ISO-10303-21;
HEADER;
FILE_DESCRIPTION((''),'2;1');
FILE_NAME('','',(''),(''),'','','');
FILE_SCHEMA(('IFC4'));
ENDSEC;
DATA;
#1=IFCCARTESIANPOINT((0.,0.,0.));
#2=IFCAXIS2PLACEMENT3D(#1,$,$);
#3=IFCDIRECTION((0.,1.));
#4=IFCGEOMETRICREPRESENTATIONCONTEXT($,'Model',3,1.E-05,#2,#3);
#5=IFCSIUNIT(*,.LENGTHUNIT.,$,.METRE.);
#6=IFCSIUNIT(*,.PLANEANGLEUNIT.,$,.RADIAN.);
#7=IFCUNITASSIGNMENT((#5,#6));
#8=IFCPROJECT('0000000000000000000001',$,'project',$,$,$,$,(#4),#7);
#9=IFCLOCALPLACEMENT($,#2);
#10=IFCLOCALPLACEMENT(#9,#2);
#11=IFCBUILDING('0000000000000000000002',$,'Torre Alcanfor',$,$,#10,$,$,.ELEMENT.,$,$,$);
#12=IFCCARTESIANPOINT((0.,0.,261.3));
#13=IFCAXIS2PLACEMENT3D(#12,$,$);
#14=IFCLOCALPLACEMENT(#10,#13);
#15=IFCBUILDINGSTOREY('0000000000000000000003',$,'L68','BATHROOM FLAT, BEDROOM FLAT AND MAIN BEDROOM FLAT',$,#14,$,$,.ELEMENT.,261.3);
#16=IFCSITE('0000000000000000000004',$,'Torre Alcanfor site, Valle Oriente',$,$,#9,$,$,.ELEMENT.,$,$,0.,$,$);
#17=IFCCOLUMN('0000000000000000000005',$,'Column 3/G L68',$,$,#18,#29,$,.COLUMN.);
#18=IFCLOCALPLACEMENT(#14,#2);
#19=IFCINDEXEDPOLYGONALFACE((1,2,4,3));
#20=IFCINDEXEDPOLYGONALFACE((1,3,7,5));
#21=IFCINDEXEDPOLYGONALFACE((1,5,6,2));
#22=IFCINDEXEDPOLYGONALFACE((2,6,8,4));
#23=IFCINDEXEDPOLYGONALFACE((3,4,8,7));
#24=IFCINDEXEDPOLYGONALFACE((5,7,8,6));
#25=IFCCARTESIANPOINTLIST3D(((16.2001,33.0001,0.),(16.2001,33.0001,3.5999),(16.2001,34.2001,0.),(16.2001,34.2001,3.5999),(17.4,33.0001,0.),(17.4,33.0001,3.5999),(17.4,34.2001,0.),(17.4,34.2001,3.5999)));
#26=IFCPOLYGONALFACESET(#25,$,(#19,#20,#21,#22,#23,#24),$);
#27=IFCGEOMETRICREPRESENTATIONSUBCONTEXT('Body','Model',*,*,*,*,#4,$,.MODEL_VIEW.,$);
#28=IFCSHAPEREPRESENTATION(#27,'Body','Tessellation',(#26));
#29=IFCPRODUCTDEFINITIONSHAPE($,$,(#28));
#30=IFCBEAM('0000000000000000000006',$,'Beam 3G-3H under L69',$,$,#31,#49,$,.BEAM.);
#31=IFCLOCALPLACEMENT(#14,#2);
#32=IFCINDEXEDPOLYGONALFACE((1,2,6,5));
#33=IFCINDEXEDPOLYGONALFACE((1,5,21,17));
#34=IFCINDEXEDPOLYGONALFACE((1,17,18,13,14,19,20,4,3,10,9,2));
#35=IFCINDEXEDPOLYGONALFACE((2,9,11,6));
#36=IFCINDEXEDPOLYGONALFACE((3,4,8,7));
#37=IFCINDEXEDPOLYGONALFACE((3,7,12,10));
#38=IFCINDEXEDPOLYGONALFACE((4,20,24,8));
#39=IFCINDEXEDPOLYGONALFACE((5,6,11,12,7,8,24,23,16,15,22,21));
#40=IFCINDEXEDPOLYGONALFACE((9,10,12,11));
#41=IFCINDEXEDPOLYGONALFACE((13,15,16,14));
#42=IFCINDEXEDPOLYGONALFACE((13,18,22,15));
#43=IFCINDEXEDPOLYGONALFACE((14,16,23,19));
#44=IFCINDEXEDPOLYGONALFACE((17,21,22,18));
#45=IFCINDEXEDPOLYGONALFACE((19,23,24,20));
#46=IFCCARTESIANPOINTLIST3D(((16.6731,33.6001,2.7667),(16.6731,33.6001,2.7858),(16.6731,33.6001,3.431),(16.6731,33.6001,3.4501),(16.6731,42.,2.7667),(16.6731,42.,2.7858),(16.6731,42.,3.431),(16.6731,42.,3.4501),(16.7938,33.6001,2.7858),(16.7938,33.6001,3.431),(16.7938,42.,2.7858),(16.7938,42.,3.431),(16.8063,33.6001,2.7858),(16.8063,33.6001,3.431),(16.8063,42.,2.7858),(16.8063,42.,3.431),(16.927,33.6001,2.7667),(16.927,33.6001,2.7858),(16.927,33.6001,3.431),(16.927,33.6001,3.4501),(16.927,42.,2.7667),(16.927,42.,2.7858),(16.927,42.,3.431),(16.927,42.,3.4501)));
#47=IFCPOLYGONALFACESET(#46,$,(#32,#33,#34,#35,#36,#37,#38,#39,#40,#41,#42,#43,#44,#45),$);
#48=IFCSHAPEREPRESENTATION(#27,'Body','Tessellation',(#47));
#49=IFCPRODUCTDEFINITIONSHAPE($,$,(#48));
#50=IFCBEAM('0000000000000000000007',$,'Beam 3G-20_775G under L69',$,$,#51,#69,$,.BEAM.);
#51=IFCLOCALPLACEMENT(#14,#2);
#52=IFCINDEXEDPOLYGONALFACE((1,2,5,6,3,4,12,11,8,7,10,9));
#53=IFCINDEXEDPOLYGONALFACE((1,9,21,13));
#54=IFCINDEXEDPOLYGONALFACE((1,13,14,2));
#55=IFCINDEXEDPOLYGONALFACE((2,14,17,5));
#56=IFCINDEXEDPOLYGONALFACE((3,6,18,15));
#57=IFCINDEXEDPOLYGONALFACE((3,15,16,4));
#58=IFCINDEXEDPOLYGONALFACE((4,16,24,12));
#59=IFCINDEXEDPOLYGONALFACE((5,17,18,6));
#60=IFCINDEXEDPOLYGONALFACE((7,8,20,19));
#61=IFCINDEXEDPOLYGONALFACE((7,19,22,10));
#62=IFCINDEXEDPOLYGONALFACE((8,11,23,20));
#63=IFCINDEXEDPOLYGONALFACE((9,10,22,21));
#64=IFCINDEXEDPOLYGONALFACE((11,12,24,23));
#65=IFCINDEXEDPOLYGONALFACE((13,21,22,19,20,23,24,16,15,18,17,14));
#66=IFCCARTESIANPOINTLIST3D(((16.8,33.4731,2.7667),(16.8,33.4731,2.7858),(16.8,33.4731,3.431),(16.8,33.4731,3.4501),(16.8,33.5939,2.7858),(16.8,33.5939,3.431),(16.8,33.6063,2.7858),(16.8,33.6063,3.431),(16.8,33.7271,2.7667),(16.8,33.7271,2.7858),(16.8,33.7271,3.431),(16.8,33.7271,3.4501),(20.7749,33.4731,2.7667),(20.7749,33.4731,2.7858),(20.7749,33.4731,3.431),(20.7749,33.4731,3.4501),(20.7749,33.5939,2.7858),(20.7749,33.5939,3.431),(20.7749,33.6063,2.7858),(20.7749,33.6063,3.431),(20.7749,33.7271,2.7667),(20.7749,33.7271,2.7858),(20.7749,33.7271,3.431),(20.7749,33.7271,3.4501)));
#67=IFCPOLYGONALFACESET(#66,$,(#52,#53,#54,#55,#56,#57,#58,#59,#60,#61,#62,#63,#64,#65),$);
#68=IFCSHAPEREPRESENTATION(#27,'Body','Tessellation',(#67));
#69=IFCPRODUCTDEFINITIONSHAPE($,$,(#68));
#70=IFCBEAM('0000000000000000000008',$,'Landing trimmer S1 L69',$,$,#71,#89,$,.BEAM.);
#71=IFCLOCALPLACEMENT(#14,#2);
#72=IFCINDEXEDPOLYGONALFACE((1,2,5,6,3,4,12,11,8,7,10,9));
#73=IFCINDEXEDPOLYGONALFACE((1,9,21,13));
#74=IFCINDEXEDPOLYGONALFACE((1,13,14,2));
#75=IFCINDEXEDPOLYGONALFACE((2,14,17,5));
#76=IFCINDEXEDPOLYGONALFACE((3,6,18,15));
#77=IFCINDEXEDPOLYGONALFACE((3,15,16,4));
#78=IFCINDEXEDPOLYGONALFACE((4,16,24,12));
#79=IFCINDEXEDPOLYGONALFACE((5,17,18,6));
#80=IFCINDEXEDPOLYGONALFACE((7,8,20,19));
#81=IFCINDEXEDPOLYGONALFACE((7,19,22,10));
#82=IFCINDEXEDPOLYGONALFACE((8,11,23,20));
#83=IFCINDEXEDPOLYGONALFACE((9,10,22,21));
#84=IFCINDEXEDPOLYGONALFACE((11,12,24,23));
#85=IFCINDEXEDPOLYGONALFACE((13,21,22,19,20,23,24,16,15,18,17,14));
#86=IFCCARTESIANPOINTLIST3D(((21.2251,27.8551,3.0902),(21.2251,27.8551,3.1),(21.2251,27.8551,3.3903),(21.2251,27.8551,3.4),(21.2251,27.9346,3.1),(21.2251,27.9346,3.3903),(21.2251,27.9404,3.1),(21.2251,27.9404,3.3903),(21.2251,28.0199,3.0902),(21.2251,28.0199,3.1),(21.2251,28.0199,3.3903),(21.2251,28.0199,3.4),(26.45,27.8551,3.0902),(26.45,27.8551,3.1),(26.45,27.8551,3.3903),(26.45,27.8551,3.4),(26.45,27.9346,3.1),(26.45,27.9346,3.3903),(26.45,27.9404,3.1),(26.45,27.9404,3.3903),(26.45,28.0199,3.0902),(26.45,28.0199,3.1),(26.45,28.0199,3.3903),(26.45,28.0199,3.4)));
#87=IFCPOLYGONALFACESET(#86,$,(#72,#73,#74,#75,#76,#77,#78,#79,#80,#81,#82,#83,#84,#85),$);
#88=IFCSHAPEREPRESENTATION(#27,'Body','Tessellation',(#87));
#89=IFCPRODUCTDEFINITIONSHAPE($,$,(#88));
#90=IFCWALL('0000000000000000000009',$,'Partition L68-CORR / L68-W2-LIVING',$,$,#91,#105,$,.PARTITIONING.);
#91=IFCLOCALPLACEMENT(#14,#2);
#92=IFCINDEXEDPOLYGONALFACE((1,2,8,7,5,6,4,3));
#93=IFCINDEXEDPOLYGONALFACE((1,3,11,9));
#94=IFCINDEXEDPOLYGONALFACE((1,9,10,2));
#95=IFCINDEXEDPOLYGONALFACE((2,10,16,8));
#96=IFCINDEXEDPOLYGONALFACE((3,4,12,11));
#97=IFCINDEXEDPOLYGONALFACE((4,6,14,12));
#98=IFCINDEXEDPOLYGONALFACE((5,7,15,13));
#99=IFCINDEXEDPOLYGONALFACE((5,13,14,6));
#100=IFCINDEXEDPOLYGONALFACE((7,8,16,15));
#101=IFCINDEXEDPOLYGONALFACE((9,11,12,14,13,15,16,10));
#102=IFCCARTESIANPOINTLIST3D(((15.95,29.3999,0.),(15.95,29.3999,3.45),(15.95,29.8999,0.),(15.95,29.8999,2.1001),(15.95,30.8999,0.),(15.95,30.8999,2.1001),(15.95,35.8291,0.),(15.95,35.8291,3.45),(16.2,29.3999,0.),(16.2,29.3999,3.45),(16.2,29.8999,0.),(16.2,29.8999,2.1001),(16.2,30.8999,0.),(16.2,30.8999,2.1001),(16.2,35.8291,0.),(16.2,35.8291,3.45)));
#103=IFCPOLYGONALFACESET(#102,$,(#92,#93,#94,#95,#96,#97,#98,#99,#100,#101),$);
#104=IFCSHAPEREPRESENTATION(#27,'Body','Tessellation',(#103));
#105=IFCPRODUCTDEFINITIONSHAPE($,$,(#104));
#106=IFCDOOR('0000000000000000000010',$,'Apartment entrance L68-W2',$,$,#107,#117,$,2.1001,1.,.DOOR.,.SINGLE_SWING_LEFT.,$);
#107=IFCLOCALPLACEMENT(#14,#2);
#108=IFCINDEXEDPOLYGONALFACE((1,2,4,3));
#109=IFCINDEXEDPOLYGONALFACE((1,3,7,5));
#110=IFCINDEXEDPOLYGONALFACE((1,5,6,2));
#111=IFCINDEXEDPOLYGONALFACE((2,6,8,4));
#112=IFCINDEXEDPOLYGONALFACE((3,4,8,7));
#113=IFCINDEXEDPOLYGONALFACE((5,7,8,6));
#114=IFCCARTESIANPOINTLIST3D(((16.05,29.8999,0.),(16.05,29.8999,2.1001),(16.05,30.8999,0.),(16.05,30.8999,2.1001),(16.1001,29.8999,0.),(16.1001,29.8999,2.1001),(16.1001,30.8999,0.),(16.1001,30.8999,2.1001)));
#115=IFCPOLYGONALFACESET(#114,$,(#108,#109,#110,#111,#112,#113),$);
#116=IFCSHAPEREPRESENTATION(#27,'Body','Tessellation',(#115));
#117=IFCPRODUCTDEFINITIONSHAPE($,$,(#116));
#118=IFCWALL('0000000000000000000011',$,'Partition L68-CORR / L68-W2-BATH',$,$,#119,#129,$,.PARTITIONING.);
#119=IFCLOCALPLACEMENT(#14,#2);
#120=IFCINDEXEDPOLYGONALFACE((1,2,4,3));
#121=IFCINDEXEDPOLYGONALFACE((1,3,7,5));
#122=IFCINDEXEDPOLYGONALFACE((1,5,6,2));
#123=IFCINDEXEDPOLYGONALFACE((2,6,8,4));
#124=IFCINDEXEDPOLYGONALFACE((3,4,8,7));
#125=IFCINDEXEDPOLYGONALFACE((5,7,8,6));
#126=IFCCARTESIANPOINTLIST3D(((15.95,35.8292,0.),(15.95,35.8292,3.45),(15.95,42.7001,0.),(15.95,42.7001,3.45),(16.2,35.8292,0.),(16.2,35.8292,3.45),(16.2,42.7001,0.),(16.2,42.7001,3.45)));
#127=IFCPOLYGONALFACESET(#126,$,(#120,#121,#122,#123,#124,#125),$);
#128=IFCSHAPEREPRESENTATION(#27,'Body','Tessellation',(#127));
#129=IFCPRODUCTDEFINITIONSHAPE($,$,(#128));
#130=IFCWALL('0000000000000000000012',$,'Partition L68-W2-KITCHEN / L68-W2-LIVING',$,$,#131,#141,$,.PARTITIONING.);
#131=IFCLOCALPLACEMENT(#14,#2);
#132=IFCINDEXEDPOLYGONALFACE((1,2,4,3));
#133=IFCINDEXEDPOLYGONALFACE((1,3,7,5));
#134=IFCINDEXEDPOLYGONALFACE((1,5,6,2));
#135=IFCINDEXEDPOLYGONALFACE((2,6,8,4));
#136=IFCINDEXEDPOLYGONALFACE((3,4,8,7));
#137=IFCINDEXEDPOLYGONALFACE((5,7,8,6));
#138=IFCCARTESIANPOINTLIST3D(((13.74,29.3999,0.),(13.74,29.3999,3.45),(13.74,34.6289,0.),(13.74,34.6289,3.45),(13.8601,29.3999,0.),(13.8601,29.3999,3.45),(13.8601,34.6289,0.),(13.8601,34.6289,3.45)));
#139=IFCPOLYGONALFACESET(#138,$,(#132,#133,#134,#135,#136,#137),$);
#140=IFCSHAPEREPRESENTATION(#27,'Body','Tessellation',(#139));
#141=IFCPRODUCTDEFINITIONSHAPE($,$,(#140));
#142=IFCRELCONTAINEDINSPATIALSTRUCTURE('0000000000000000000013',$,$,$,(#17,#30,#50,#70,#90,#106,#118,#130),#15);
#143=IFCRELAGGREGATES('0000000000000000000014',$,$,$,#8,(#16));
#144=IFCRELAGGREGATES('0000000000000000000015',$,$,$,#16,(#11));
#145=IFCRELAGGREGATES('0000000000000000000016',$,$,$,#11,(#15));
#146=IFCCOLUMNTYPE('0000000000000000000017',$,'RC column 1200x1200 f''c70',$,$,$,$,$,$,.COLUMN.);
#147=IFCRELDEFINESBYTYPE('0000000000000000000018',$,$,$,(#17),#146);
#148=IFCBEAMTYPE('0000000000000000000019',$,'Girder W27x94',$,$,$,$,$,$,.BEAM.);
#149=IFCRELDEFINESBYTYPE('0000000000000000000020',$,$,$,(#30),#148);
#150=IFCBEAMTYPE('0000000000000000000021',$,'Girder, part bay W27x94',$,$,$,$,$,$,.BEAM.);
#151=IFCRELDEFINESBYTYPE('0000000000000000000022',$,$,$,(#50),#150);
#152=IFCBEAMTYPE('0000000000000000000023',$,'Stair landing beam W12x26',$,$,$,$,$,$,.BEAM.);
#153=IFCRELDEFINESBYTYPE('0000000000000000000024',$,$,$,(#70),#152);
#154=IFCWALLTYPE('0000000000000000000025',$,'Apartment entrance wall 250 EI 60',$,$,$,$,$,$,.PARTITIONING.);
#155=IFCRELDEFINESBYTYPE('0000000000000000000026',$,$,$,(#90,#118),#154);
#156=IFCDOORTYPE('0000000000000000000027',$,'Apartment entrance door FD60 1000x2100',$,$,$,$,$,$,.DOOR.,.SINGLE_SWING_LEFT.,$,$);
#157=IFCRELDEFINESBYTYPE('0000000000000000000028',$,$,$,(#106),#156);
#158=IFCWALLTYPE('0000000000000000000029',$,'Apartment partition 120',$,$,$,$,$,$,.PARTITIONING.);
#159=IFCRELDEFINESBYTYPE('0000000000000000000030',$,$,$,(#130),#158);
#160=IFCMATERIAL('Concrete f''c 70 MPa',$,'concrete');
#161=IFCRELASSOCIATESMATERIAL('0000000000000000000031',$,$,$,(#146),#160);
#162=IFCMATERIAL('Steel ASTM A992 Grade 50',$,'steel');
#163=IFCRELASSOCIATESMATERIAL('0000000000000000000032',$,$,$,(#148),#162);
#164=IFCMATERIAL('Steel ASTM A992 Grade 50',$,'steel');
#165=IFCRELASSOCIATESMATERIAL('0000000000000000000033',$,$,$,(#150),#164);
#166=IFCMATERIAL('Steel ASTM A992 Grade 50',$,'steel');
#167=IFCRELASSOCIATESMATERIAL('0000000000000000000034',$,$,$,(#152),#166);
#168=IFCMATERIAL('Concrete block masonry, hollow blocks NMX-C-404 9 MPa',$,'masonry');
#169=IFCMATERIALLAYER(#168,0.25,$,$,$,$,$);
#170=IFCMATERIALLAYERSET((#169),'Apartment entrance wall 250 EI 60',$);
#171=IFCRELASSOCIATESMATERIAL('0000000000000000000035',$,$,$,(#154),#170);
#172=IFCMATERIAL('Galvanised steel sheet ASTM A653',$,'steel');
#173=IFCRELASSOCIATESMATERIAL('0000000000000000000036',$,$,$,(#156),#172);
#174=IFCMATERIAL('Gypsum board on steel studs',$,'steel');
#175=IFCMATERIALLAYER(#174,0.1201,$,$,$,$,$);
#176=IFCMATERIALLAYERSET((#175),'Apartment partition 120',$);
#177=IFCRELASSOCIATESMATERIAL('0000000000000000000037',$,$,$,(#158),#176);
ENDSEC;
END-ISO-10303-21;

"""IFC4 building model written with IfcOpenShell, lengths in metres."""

from ifc_helpers import new_model, si_unit, direction, frame, frame_2d, origin, origin_2d, place, context, subcontext, project, spatial, rectangle, i_section, extrude, material, layer, layer_set, material_profile, profile_set, type_object, element, fill, save


model = new_model("IFC4")

# Units and contexts
model_context = context("Model", 3, precision=1e-05, world=origin(), true_north=direction((0.0, 1.0)))
body_context = subcontext(model_context, "Body", "Model", "MODEL_VIEW")
ifc_project = project(units=[si_unit("LENGTHUNIT", "METRE"), si_unit("PLANEANGLEUNIT", "RADIAN")], contexts=[model_context])

# Site, building, storey
site_placement = place(None, origin())
site = spatial("IfcSite", under=ifc_project, at=site_placement, Name="Torre Alcanfor site, Valle Oriente", CompositionType="ELEMENT", RefElevation=0.0)
building_placement = place(site_placement, origin())
building = spatial("IfcBuilding", under=site, at=building_placement, Name="Torre Alcanfor", CompositionType="ELEMENT")
storey_placement = place(building_placement, frame((0.0, 0.0, 261.3)))
storey = spatial("IfcBuildingStorey", under=building, at=storey_placement, Name="L68", Description="BATHROOM FLAT, BEDROOM FLAT AND MAIN BEDROOM FLAT", CompositionType="ELEMENT", Elevation=261.3)

# Column
ifc_material_1 = material(Name="Concrete f'c 70 MPa", Category="concrete")
ifc_material_profile_1 = material_profile(ifc_material_1, rectangle(XDim=1.2, YDim=1.2, at=origin_2d()), Name="1200x1200")
ifc_profile_set_1 = profile_set([ifc_material_profile_1], Name="Concrete f'c 70 MPa")
column_type = type_object("IfcColumnType", Name="RC column 1200x1200 f'c70", PredefinedType="COLUMN", material=ifc_profile_set_1)
column_placement = place(storey_placement, frame((16.8, 33.6001, 0.0), z_axis=(0.0, 0.0, 1.0), x_axis=(1.0, 0.0, 0.0)))
element("IfcColumn", 1, at=column_placement, inside=storey, type_object=column_type, Name="Column 3/G L68", PredefinedType="COLUMN", context=body_context, shape_type="SweptSolid", body=[
    extrude(rectangle(XDim=1.2, YDim=1.2, at=origin_2d()), origin(), (0.0, 0.0, 1.0), 3.5999),
])

# Beams
ifc_material_2 = material(Name="Steel ASTM A992 Grade 50", Category="steel")
ifc_material_profile_2 = material_profile(ifc_material_2, i_section(OverallWidth=0.2539, OverallDepth=0.6833, WebThickness=0.0125, FlangeThickness=0.019, at=origin_2d()), Name="W27x94")
ifc_profile_set_2 = profile_set([ifc_material_profile_2], Name="Steel ASTM A992 Grade 50")
beam_type_1 = type_object("IfcBeamType", Name="Girder W27x94", PredefinedType="BEAM", material=ifc_profile_set_2)
beam_1_placement = place(storey_placement, frame((16.8, 33.6001, 3.1084), z_axis=(0.0, 1.0, 0.0), x_axis=(-1.0, 0.0, 0.0)))
element("IfcBeam", 2, at=beam_1_placement, inside=storey, type_object=beam_type_1, Name="Beam 3G-3H under L69", PredefinedType="BEAM", context=body_context, shape_type="SweptSolid", body=[
    extrude(i_section(OverallWidth=0.2539, OverallDepth=0.6833, WebThickness=0.0125, FlangeThickness=0.019, at=origin_2d()), origin(), (0.0, 0.0, 1.0), 8.3999),
])
ifc_material_3 = material(Name="Steel ASTM A992 Grade 50", Category="steel")
ifc_material_profile_3 = material_profile(ifc_material_3, i_section(OverallWidth=0.2539, OverallDepth=0.6833, WebThickness=0.0125, FlangeThickness=0.019, at=origin_2d()), Name="W27x94")
ifc_profile_set_3 = profile_set([ifc_material_profile_3], Name="Steel ASTM A992 Grade 50")
beam_type_2 = type_object("IfcBeamType", Name="Girder, part bay W27x94", PredefinedType="BEAM", material=ifc_profile_set_3)
beam_2_placement = place(storey_placement, frame((16.8, 33.6001, 3.1084), z_axis=(1.0, 0.0, 0.0), x_axis=(0.0, 1.0, 0.0)))
element("IfcBeam", 3, at=beam_2_placement, inside=storey, type_object=beam_type_2, Name="Beam 3G-20_775G under L69", PredefinedType="BEAM", context=body_context, shape_type="SweptSolid", body=[
    extrude(i_section(OverallWidth=0.2539, OverallDepth=0.6833, WebThickness=0.0125, FlangeThickness=0.019, at=origin_2d()), origin(), (0.0, 0.0, 1.0), 3.9749),
])
ifc_material_4 = material(Name="Steel ASTM A992 Grade 50", Category="steel")
ifc_material_profile_4 = material_profile(ifc_material_4, i_section(OverallWidth=0.1648, OverallDepth=0.3098, WebThickness=0.0059, FlangeThickness=0.0098, at=origin_2d()), Name="W12x26")
ifc_profile_set_4 = profile_set([ifc_material_profile_4], Name="Steel ASTM A992 Grade 50")
beam_type_3 = type_object("IfcBeamType", Name="Stair landing beam W12x26", PredefinedType="BEAM", material=ifc_profile_set_4)
beam_3_placement = place(storey_placement, frame((21.2251, 27.9375, 3.2451), z_axis=(1.0, 0.0, 0.0), x_axis=(0.0, 1.0, 0.0)))
element("IfcBeam", 4, at=beam_3_placement, inside=storey, type_object=beam_type_3, Name="Landing trimmer S1 L69", PredefinedType="BEAM", context=body_context, shape_type="SweptSolid", body=[
    extrude(i_section(OverallWidth=0.1648, OverallDepth=0.3098, WebThickness=0.0059, FlangeThickness=0.0098, at=origin_2d()), origin(), (0.0, 0.0, 1.0), 5.2249),
])

# Wall, opening, door
ifc_material_5 = material(Name="Concrete block masonry, hollow blocks NMX-C-404 9 MPa", Category="masonry")
ifc_layer_1 = layer(ifc_material_5, 0.25)
ifc_layer_set_1 = layer_set([ifc_layer_1], Name="Apartment entrance wall 250 EI 60")
wall_type_1 = type_object("IfcWallType", Name="Apartment entrance wall 250 EI 60", PredefinedType="PARTITIONING", material=ifc_layer_set_1)
wall_1_placement = place(storey_placement, frame((16.075, 29.3999, 0.0), z_axis=(0.0, 0.0, 1.0), x_axis=(0.0, 1.0, 0.0)))
wall_1 = element("IfcWall", 5, at=wall_1_placement, inside=storey, type_object=wall_type_1, Name="Partition L68-CORR / L68-W2-LIVING", PredefinedType="PARTITIONING", context=body_context, shape_type="SweptSolid", body=[
    extrude(rectangle(XDim=6.4292, YDim=0.25, at=frame_2d((3.2146, 0.0))), origin(), (0.0, 0.0, 1.0), 3.45),
])
opening_1_placement = place(wall_1_placement, frame((0.5, 0.0, 0.0)))
opening_1 = element("IfcOpeningElement", 6, at=opening_1_placement, cuts=wall_1, PredefinedType="OPENING", context=body_context, shape_type="SweptSolid", body=[
    extrude(rectangle(XDim=1.0, YDim=2.1001, at=frame_2d((0.5, 1.05))), frame((0.0, 0.135, 0.0), z_axis=(0.0, -1.0, 0.0), x_axis=(1.0, 0.0, 0.0)), (0.0, 0.0, 1.0), 0.27),
])
ifc_material_6 = material(Name="Galvanised steel sheet ASTM A653", Category="steel")
door_type_1 = type_object("IfcDoorType", Name="Apartment entrance door FD60 1000x2100", OperationType="SINGLE_SWING_LEFT", PredefinedType="DOOR", material=ifc_material_6)
door_1_placement = place(opening_1_placement, origin())
door_1 = element("IfcDoor", 7, at=door_1_placement, inside=storey, type_object=door_type_1, Name="Apartment entrance L68-W2", OperationType="SINGLE_SWING_LEFT", OverallHeight=2.1001, OverallWidth=1.0, PredefinedType="DOOR", context=body_context, shape_type="SweptSolid", body=[
    extrude(rectangle(XDim=1.0, YDim=2.1001, at=frame_2d((0.5, 1.05))), frame((0.0, 0.0249, 0.0), z_axis=(0.0, -1.0, 0.0), x_axis=(1.0, 0.0, 0.0)), (0.0, 0.0, 1.0), 0.05),
])
fill(opening_1, door_1)

# Walls
wall_2_placement = place(storey_placement, frame((16.075, 35.8291, 0.0), z_axis=(0.0, 0.0, 1.0), x_axis=(0.0, 1.0, 0.0)))
element("IfcWall", 8, at=wall_2_placement, inside=storey, type_object=wall_type_1, Name="Partition L68-CORR / L68-W2-BATH", PredefinedType="PARTITIONING", context=body_context, shape_type="SweptSolid", body=[
    extrude(rectangle(XDim=6.8708, YDim=0.25, at=frame_2d((3.4355, 0.0))), origin(), (0.0, 0.0, 1.0), 3.45),
])
ifc_material_7 = material(Name="Gypsum board on steel studs", Category="steel")
ifc_layer_2 = layer(ifc_material_7, 0.1201)
ifc_layer_set_2 = layer_set([ifc_layer_2], Name="Apartment partition 120")
wall_type_2 = type_object("IfcWallType", Name="Apartment partition 120", PredefinedType="PARTITIONING", material=ifc_layer_set_2)
wall_3_placement = place(storey_placement, frame((13.8, 34.6289, 0.0), z_axis=(0.0, 0.0, 1.0), x_axis=(0.0, -1.0, 0.0)))
element("IfcWall", 9, at=wall_3_placement, inside=storey, type_object=wall_type_2, Name="Partition L68-W2-KITCHEN / L68-W2-LIVING", PredefinedType="PARTITIONING", context=body_context, shape_type="SweptSolid", body=[
    extrude(rectangle(XDim=5.229, YDim=0.1201, at=frame_2d((2.6145, 0.0))), origin(), (0.0, 0.0, 1.0), 3.45),
])

save(model, "model.ifc")
